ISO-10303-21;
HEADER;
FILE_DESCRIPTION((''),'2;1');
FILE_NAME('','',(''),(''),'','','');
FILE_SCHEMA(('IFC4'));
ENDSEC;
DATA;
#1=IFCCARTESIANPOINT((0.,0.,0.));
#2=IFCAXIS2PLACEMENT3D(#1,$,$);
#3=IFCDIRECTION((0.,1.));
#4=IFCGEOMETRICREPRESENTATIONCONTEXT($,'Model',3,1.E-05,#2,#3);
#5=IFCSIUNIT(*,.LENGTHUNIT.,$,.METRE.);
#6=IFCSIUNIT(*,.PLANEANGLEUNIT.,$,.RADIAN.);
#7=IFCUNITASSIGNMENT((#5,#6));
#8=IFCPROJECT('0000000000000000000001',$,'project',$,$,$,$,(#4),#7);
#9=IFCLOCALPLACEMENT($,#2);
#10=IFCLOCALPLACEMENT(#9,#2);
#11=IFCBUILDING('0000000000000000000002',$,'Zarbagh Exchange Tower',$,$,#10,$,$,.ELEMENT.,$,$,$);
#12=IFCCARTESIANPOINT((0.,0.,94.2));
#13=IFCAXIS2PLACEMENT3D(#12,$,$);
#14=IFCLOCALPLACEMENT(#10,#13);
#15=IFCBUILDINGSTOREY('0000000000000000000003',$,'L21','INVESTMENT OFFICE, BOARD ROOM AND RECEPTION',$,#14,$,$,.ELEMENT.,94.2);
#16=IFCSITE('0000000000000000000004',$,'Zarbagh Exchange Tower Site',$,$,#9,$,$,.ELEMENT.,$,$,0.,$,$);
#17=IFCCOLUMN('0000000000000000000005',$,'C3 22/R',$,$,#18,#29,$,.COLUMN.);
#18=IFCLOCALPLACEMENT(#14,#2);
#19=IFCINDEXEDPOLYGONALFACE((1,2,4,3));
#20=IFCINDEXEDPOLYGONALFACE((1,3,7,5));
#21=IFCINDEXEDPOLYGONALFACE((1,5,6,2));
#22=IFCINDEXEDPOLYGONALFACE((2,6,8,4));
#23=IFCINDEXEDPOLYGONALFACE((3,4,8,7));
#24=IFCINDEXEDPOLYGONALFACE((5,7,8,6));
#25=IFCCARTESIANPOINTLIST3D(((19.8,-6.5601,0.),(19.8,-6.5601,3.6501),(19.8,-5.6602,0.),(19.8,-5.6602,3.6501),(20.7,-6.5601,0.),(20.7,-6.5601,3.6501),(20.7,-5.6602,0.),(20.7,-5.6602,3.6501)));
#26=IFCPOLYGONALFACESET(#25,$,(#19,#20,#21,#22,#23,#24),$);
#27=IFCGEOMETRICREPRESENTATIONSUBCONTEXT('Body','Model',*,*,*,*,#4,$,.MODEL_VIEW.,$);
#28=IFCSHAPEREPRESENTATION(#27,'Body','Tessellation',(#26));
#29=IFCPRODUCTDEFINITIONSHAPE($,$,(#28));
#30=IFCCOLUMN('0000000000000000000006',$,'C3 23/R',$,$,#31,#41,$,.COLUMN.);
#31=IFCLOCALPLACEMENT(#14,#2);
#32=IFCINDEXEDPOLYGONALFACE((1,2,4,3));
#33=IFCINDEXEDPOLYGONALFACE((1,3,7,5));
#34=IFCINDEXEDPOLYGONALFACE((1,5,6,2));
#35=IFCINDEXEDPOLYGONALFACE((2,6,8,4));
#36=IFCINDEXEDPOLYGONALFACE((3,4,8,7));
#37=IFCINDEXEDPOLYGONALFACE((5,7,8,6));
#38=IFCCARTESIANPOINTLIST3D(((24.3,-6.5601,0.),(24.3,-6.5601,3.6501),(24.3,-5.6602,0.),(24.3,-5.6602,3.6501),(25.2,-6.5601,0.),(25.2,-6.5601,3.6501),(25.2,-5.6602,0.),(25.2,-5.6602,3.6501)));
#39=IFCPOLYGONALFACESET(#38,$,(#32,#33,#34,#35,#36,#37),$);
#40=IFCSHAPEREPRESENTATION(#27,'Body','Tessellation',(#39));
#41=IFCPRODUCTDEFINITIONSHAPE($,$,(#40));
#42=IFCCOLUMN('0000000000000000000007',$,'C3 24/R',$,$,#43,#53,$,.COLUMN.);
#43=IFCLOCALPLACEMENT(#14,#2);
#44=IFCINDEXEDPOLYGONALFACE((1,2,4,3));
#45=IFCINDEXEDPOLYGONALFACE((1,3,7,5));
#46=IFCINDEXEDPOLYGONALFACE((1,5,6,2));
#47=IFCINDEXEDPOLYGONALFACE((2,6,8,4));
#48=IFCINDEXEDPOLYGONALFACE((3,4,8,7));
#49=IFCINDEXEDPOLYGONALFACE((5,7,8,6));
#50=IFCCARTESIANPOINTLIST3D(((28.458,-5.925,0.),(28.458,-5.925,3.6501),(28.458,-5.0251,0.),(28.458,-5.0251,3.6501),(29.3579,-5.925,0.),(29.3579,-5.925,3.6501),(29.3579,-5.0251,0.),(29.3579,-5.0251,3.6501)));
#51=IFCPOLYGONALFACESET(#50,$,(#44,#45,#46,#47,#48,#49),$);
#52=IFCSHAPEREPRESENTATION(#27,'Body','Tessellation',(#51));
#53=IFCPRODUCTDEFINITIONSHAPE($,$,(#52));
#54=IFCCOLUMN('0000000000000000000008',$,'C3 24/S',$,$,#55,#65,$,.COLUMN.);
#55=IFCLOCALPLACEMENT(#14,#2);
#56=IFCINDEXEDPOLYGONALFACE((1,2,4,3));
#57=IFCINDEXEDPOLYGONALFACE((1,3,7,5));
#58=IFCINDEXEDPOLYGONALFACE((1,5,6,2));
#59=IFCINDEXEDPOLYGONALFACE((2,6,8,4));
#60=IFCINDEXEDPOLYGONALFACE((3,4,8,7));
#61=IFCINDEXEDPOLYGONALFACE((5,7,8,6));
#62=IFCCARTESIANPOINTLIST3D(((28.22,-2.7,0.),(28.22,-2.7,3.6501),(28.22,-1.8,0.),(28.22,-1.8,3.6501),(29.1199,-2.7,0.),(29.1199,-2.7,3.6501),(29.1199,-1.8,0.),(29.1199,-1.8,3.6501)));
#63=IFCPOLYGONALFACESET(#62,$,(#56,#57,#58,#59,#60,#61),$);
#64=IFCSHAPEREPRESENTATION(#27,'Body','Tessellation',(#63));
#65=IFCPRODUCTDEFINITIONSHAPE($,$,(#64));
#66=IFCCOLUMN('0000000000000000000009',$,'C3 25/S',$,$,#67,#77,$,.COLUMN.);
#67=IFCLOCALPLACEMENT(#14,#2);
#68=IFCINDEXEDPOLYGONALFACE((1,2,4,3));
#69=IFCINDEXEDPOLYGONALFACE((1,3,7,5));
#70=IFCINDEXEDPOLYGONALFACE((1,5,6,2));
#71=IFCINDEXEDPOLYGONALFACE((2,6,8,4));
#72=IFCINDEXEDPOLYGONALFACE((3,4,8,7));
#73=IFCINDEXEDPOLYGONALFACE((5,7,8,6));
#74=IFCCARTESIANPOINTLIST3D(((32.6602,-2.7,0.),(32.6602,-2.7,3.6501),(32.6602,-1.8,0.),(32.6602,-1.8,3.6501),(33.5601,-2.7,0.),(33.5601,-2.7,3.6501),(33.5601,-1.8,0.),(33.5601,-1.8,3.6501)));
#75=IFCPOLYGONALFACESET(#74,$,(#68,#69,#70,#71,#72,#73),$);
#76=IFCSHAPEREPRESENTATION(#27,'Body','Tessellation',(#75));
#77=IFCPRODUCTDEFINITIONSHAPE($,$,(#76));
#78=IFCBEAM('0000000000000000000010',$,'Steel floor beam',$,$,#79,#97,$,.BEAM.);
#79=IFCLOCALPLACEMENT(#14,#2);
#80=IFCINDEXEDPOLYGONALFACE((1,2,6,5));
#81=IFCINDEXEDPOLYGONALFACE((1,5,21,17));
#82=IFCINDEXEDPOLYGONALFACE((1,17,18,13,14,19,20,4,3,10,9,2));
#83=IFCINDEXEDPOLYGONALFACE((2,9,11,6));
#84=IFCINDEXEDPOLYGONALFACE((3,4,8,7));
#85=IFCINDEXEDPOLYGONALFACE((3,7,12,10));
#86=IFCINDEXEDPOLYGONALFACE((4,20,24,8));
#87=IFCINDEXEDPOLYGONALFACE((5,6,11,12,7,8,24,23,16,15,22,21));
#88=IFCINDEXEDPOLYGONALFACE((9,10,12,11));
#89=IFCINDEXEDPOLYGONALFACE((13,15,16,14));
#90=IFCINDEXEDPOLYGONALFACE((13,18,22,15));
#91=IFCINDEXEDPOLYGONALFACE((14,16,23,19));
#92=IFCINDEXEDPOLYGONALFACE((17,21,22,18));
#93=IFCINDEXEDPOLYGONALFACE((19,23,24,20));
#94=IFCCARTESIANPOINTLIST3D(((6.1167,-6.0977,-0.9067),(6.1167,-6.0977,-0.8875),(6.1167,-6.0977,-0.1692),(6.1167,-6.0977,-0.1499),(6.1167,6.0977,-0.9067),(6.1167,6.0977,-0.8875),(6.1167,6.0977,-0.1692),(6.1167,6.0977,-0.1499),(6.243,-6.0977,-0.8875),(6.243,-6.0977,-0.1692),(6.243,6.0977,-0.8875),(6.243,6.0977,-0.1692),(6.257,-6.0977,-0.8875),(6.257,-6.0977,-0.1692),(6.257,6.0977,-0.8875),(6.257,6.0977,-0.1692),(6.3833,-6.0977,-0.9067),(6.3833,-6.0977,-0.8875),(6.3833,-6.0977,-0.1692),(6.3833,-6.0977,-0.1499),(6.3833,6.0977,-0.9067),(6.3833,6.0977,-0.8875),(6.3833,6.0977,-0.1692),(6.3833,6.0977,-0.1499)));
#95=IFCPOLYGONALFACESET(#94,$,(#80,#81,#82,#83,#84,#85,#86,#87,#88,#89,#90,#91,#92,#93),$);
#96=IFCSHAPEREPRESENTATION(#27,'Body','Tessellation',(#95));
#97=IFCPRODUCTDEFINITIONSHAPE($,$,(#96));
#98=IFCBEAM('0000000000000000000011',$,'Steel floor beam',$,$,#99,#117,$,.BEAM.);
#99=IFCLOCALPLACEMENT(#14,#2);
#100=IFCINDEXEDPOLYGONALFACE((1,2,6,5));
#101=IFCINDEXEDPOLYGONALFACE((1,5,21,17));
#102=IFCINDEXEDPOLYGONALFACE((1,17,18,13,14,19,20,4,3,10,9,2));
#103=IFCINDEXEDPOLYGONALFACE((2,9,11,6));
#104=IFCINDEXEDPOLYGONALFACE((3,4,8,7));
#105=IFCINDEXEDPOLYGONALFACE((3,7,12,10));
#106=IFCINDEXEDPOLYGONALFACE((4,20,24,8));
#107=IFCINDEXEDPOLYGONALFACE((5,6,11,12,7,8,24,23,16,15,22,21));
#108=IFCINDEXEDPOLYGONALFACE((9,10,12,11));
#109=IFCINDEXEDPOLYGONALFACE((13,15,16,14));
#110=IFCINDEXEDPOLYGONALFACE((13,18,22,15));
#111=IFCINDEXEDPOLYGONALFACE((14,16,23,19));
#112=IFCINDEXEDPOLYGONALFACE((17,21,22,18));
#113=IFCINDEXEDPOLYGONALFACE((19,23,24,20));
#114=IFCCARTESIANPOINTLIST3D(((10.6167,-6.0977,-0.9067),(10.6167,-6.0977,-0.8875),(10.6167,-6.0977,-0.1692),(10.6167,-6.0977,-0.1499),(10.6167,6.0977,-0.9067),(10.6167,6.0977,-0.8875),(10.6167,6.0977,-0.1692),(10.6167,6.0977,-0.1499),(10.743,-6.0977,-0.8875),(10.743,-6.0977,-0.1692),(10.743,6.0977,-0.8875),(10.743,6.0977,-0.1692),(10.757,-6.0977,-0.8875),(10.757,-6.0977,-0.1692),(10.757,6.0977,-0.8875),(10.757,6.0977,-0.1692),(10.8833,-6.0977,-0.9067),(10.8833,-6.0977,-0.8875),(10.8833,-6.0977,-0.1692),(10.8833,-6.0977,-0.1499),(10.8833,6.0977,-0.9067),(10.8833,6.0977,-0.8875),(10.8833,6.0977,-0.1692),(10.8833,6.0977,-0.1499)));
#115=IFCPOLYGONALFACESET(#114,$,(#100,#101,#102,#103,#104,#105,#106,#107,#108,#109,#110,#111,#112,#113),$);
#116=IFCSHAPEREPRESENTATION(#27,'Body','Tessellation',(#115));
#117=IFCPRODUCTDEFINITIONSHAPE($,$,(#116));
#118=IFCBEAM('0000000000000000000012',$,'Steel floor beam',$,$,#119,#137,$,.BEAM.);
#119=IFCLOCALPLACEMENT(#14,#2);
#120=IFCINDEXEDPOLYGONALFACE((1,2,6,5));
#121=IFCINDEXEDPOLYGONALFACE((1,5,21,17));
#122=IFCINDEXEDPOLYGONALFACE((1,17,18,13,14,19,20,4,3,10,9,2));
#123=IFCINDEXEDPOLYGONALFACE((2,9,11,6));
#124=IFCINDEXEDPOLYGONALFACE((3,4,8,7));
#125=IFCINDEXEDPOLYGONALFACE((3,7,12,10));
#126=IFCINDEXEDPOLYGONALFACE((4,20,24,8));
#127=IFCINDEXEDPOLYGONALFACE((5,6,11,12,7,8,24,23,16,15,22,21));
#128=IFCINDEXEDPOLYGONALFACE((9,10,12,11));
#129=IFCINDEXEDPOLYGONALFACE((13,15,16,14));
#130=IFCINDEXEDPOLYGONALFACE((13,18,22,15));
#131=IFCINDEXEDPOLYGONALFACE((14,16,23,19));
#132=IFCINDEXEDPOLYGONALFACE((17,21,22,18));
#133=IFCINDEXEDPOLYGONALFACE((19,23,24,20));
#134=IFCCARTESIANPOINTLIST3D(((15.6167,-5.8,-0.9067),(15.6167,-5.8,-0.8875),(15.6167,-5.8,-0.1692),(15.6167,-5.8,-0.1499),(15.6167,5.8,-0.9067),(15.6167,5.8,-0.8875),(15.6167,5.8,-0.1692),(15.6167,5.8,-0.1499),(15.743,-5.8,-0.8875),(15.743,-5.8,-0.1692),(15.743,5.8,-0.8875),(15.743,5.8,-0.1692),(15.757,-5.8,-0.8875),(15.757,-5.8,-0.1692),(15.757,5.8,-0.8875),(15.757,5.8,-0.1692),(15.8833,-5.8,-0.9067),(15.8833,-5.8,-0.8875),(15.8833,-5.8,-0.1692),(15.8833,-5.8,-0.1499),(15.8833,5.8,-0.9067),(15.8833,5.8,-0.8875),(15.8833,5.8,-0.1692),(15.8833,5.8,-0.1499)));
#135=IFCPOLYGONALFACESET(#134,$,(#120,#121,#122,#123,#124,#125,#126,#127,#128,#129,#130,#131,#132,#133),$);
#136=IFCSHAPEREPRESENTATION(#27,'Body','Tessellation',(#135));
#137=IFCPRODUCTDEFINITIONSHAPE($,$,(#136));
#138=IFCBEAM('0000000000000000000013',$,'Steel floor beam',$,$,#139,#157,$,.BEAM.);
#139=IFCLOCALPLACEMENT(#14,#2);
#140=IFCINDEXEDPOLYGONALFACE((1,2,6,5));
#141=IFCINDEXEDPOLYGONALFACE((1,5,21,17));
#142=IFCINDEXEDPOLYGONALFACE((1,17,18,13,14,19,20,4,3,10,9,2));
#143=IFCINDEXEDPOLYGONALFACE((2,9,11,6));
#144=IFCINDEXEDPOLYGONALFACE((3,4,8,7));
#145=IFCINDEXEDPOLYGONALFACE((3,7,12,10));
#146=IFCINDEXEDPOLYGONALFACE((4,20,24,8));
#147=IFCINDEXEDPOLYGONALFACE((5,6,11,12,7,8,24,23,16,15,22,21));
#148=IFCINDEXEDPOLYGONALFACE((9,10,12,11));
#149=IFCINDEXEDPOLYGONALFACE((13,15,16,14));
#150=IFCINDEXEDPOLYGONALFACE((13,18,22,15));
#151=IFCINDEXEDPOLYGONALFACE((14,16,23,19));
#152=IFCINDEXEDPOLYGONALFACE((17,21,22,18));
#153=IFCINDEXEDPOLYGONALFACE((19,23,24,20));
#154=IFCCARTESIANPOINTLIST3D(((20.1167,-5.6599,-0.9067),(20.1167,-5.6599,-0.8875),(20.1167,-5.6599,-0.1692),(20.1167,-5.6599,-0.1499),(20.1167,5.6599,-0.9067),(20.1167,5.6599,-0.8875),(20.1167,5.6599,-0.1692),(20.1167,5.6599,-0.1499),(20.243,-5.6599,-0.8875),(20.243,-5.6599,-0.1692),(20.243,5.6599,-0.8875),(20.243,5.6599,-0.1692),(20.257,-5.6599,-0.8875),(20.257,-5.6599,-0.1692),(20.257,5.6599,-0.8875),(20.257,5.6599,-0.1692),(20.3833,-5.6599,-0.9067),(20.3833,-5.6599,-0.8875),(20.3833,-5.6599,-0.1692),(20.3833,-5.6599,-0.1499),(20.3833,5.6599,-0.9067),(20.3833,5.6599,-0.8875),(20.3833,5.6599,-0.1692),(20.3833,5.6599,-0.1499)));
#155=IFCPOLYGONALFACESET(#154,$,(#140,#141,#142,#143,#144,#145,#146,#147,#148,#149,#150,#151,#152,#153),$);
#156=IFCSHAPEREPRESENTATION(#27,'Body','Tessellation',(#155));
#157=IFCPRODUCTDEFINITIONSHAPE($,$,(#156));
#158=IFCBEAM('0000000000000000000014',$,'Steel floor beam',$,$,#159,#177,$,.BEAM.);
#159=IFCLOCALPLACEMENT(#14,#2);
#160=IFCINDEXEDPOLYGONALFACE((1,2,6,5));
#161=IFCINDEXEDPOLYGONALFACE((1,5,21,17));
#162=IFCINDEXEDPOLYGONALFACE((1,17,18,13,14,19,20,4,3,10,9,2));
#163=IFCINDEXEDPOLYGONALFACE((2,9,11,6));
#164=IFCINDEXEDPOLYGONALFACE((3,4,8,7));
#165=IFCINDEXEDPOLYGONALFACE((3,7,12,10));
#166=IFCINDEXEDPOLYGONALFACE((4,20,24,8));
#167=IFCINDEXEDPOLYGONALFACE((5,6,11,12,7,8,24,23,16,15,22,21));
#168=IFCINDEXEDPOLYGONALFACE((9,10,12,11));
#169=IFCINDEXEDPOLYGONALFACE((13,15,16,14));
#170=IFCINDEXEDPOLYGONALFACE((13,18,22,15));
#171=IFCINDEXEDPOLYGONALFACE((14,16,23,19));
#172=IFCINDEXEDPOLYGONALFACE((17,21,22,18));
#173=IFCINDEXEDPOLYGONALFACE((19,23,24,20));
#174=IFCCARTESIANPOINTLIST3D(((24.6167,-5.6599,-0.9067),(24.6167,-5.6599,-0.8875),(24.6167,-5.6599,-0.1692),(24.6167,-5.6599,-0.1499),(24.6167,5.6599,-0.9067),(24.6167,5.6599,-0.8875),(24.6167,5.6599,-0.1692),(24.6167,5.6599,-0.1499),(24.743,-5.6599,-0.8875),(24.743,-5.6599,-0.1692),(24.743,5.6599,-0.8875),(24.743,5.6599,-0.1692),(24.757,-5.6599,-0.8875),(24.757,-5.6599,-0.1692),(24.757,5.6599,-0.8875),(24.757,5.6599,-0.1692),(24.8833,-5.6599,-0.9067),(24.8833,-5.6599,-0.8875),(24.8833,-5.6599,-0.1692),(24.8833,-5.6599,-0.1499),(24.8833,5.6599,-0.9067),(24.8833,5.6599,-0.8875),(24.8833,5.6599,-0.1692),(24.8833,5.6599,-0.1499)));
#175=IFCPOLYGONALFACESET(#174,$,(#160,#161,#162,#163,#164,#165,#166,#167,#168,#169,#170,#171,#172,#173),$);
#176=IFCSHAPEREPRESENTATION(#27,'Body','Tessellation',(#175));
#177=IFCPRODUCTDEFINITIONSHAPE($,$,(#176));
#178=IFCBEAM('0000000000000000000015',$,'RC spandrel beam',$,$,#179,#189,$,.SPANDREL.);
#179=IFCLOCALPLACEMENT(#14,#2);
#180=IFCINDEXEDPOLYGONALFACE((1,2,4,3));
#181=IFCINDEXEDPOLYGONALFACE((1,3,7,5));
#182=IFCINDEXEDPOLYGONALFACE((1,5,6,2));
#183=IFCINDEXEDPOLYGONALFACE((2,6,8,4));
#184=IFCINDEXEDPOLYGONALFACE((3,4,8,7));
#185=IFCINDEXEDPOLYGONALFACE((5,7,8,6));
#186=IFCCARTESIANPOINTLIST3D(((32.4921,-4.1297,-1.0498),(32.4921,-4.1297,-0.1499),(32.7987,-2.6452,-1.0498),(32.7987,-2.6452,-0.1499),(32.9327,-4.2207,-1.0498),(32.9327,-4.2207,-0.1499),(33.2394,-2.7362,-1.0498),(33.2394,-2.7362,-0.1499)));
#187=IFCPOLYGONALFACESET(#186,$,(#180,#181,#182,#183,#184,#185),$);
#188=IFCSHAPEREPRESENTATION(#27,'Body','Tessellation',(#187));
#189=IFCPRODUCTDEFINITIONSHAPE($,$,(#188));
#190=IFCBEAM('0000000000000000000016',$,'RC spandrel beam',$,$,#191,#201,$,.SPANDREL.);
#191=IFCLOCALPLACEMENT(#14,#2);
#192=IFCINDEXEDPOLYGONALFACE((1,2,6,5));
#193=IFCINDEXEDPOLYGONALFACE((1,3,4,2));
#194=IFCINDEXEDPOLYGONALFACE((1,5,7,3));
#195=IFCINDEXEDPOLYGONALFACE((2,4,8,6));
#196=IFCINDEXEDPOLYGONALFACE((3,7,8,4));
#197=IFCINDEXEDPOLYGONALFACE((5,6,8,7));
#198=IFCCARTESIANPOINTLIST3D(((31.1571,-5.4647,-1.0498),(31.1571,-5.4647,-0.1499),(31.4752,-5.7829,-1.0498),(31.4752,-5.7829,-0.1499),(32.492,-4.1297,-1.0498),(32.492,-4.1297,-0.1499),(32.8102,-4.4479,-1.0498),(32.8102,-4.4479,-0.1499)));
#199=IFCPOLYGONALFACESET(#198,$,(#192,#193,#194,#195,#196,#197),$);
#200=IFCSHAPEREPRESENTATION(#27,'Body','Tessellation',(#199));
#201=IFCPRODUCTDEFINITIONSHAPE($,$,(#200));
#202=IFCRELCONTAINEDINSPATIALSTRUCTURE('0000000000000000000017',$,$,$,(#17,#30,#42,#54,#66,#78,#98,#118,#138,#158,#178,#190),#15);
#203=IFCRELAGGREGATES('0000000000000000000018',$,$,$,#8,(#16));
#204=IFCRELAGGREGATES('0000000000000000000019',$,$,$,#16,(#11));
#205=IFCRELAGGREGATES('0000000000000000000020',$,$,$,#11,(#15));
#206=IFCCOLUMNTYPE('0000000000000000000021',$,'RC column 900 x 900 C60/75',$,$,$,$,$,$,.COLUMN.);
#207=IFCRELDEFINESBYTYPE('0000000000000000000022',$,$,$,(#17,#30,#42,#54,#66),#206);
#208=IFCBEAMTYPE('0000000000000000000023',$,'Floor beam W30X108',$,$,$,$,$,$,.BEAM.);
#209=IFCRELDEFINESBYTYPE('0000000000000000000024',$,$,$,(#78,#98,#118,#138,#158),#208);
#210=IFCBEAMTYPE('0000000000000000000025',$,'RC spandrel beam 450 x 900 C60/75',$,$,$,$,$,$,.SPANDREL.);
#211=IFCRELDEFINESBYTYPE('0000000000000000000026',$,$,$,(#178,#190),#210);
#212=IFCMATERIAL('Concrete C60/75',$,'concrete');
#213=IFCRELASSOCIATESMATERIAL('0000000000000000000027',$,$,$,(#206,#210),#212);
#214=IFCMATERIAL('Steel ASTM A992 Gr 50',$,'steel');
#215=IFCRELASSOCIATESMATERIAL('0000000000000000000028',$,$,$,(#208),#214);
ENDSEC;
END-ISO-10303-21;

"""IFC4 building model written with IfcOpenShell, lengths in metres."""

from ifc_helpers import new_model, si_unit, direction, frame, origin, origin_2d, place, context, subcontext, project, spatial, rectangle, i_section, extrude, material, material_profile, profile_set, type_object, element, save


model = new_model("IFC4")

# Units and contexts
model_context = context("Model", 3, precision=1e-05, world=origin(), true_north=direction((0.0, 1.0)))
body_context = subcontext(model_context, "Body", "Model", "MODEL_VIEW")
ifc_project = project(units=[si_unit("LENGTHUNIT", "METRE"), si_unit("PLANEANGLEUNIT", "RADIAN")], contexts=[model_context])

# Site, building, storey
site_placement = place(None, origin())
site = spatial("IfcSite", under=ifc_project, at=site_placement, Name="Zarbagh Exchange Tower Site", CompositionType="ELEMENT", RefElevation=0.0)
building_placement = place(site_placement, origin())
building = spatial("IfcBuilding", under=site, at=building_placement, Name="Zarbagh Exchange Tower", CompositionType="ELEMENT")
storey_placement = place(building_placement, frame((0.0, 0.0, 94.2)))
storey = spatial("IfcBuildingStorey", under=building, at=storey_placement, Name="L21", Description="INVESTMENT OFFICE, BOARD ROOM AND RECEPTION", CompositionType="ELEMENT", Elevation=94.2)

# Columns
ifc_material_1 = material(Name="Concrete C60/75", Category="concrete")
ifc_material_profile_1 = material_profile(ifc_material_1, rectangle(XDim=0.8999, YDim=0.8999, at=origin_2d()), Name="RC column 900 x 900 C60/75")
ifc_profile_set_1 = profile_set([ifc_material_profile_1], Name="Concrete C60/75")
column_type = type_object("IfcColumnType", Name="RC column 900 x 900 C60/75", PredefinedType="COLUMN", material=ifc_profile_set_1)
for number, where, z_axis, x_axis, name in (
    (1, (20.25, -6.1101, 0.0), (0.0, 0.0, 1.0), (1.0, 0.0, 0.0), "C3 22/R"),
    (2, (24.75, -6.1101, 0.0), (0.0, 0.0, 1.0), (1.0, 0.0, 0.0), "C3 23/R"),
    (3, (28.908, -5.4751, 0.0), (0.0, 0.0, 1.0), (1.0, 0.0, 0.0), "C3 24/R"),
    (4, (28.6699, -2.25, 0.0), (0.0, 0.0, 1.0), (1.0, 0.0, 0.0), "C3 24/S"),
    (5, (33.1101, -2.25, 0.0), (0.0, 0.0, 1.0), (1.0, 0.0, 0.0), "C3 25/S"),
):
    element("IfcColumn", number, at=place(storey_placement, frame(where, z_axis=z_axis, x_axis=x_axis)), inside=storey, type_object=column_type, Name=name, PredefinedType="COLUMN", context=body_context, shape_type="SweptSolid", body=[
        extrude(rectangle(XDim=0.8999, YDim=0.8999, at=origin_2d()), origin(), (0.0, 0.0, 1.0), 3.6501),
    ])

# Beams
ifc_material_2 = material(Name="Steel ASTM A992 Gr 50", Category="steel")
ifc_material_profile_2 = material_profile(ifc_material_2, i_section(OverallWidth=0.2666, OverallDepth=0.7568, WebThickness=0.0139, FlangeThickness=0.0193, at=origin_2d()), Name="W30X108")
ifc_profile_set_2 = profile_set([ifc_material_profile_2], Name="Steel ASTM A992 Gr 50")
beam_type_1 = type_object("IfcBeamType", Name="Floor beam W30X108", PredefinedType="BEAM", material=ifc_profile_set_2)
for number, where, z_axis, x_axis, name in (
    (6, (6.25, -6.0977, -0.5283), (0.0, 1.0, 0.0), (-1.0, 0.0, 0.0), "Steel floor beam"),
    (7, (10.75, -6.0977, -0.5283), (0.0, 1.0, 0.0), (-1.0, 0.0, 0.0), "Steel floor beam"),
):
    element("IfcBeam", number, at=place(storey_placement, frame(where, z_axis=z_axis, x_axis=x_axis)), inside=storey, type_object=beam_type_1, Name=name, PredefinedType="BEAM", context=body_context, shape_type="SweptSolid", body=[
        extrude(i_section(OverallWidth=0.2666, OverallDepth=0.7568, WebThickness=0.0139, FlangeThickness=0.0193, at=origin_2d()), origin(), (0.0, 0.0, 1.0), 12.1953),
    ])
beam_1_placement = place(storey_placement, frame((15.75, -5.8, -0.5283), z_axis=(0.0, 1.0, 0.0), x_axis=(-1.0, 0.0, 0.0)))
element("IfcBeam", 8, at=beam_1_placement, inside=storey, type_object=beam_type_1, Name="Steel floor beam", PredefinedType="BEAM", context=body_context, shape_type="SweptSolid", body=[
    extrude(i_section(OverallWidth=0.2666, OverallDepth=0.7568, WebThickness=0.0139, FlangeThickness=0.0193, at=origin_2d()), origin(), (0.0, 0.0, 1.0), 11.6001),
])
for number, where, z_axis, x_axis, name in (
    (9, (20.25, -5.6599, -0.5283), (0.0, 1.0, 0.0), (-1.0, 0.0, 0.0), "Steel floor beam"),
    (10, (24.75, -5.6599, -0.5283), (0.0, 1.0, 0.0), (-1.0, 0.0, 0.0), "Steel floor beam"),
):
    element("IfcBeam", number, at=place(storey_placement, frame(where, z_axis=z_axis, x_axis=x_axis)), inside=storey, type_object=beam_type_1, Name=name, PredefinedType="BEAM", context=body_context, shape_type="SweptSolid", body=[
        extrude(i_section(OverallWidth=0.2666, OverallDepth=0.7568, WebThickness=0.0139, FlangeThickness=0.0193, at=origin_2d()), origin(), (0.0, 0.0, 1.0), 11.3198),
    ])
ifc_material_profile_3 = material_profile(ifc_material_1, rectangle(XDim=0.45, YDim=0.8999, at=origin_2d()), Name="RC spandrel beam 450 x 900 C60/75")
ifc_profile_set_3 = profile_set([ifc_material_profile_3], Name="Concrete C60/75")
beam_type_2 = type_object("IfcBeamType", Name="RC spandrel beam 450 x 900 C60/75", PredefinedType="SPANDREL", material=ifc_profile_set_3)
beam_2_placement = place(storey_placement, frame((33.019, -2.6907, -0.5999), z_axis=(-0.202275, -0.979329, 0.0), x_axis=(0.979329, -0.202275, 0.0)))
element("IfcBeam", 11, at=beam_2_placement, inside=storey, type_object=beam_type_2, Name="RC spandrel beam", PredefinedType="SPANDREL", context=body_context, shape_type="SweptSolid", body=[
    extrude(rectangle(XDim=0.45, YDim=0.8999, at=origin_2d()), origin(), (0.0, 0.0, 1.0), 1.5159),
])
beam_3_placement = place(storey_placement, frame((32.6511, -4.2888, -0.5999), z_axis=(-0.707107, -0.707107, 0.0), x_axis=(0.707107, -0.707107, 0.0)))
element("IfcBeam", 12, at=beam_3_placement, inside=storey, type_object=beam_type_2, Name="RC spandrel beam", PredefinedType="SPANDREL", context=body_context, shape_type="SweptSolid", body=[
    extrude(rectangle(XDim=0.45, YDim=0.8999, at=origin_2d()), origin(), (0.0, 0.0, 1.0), 1.8879),
])

save(model, "model.ifc")
